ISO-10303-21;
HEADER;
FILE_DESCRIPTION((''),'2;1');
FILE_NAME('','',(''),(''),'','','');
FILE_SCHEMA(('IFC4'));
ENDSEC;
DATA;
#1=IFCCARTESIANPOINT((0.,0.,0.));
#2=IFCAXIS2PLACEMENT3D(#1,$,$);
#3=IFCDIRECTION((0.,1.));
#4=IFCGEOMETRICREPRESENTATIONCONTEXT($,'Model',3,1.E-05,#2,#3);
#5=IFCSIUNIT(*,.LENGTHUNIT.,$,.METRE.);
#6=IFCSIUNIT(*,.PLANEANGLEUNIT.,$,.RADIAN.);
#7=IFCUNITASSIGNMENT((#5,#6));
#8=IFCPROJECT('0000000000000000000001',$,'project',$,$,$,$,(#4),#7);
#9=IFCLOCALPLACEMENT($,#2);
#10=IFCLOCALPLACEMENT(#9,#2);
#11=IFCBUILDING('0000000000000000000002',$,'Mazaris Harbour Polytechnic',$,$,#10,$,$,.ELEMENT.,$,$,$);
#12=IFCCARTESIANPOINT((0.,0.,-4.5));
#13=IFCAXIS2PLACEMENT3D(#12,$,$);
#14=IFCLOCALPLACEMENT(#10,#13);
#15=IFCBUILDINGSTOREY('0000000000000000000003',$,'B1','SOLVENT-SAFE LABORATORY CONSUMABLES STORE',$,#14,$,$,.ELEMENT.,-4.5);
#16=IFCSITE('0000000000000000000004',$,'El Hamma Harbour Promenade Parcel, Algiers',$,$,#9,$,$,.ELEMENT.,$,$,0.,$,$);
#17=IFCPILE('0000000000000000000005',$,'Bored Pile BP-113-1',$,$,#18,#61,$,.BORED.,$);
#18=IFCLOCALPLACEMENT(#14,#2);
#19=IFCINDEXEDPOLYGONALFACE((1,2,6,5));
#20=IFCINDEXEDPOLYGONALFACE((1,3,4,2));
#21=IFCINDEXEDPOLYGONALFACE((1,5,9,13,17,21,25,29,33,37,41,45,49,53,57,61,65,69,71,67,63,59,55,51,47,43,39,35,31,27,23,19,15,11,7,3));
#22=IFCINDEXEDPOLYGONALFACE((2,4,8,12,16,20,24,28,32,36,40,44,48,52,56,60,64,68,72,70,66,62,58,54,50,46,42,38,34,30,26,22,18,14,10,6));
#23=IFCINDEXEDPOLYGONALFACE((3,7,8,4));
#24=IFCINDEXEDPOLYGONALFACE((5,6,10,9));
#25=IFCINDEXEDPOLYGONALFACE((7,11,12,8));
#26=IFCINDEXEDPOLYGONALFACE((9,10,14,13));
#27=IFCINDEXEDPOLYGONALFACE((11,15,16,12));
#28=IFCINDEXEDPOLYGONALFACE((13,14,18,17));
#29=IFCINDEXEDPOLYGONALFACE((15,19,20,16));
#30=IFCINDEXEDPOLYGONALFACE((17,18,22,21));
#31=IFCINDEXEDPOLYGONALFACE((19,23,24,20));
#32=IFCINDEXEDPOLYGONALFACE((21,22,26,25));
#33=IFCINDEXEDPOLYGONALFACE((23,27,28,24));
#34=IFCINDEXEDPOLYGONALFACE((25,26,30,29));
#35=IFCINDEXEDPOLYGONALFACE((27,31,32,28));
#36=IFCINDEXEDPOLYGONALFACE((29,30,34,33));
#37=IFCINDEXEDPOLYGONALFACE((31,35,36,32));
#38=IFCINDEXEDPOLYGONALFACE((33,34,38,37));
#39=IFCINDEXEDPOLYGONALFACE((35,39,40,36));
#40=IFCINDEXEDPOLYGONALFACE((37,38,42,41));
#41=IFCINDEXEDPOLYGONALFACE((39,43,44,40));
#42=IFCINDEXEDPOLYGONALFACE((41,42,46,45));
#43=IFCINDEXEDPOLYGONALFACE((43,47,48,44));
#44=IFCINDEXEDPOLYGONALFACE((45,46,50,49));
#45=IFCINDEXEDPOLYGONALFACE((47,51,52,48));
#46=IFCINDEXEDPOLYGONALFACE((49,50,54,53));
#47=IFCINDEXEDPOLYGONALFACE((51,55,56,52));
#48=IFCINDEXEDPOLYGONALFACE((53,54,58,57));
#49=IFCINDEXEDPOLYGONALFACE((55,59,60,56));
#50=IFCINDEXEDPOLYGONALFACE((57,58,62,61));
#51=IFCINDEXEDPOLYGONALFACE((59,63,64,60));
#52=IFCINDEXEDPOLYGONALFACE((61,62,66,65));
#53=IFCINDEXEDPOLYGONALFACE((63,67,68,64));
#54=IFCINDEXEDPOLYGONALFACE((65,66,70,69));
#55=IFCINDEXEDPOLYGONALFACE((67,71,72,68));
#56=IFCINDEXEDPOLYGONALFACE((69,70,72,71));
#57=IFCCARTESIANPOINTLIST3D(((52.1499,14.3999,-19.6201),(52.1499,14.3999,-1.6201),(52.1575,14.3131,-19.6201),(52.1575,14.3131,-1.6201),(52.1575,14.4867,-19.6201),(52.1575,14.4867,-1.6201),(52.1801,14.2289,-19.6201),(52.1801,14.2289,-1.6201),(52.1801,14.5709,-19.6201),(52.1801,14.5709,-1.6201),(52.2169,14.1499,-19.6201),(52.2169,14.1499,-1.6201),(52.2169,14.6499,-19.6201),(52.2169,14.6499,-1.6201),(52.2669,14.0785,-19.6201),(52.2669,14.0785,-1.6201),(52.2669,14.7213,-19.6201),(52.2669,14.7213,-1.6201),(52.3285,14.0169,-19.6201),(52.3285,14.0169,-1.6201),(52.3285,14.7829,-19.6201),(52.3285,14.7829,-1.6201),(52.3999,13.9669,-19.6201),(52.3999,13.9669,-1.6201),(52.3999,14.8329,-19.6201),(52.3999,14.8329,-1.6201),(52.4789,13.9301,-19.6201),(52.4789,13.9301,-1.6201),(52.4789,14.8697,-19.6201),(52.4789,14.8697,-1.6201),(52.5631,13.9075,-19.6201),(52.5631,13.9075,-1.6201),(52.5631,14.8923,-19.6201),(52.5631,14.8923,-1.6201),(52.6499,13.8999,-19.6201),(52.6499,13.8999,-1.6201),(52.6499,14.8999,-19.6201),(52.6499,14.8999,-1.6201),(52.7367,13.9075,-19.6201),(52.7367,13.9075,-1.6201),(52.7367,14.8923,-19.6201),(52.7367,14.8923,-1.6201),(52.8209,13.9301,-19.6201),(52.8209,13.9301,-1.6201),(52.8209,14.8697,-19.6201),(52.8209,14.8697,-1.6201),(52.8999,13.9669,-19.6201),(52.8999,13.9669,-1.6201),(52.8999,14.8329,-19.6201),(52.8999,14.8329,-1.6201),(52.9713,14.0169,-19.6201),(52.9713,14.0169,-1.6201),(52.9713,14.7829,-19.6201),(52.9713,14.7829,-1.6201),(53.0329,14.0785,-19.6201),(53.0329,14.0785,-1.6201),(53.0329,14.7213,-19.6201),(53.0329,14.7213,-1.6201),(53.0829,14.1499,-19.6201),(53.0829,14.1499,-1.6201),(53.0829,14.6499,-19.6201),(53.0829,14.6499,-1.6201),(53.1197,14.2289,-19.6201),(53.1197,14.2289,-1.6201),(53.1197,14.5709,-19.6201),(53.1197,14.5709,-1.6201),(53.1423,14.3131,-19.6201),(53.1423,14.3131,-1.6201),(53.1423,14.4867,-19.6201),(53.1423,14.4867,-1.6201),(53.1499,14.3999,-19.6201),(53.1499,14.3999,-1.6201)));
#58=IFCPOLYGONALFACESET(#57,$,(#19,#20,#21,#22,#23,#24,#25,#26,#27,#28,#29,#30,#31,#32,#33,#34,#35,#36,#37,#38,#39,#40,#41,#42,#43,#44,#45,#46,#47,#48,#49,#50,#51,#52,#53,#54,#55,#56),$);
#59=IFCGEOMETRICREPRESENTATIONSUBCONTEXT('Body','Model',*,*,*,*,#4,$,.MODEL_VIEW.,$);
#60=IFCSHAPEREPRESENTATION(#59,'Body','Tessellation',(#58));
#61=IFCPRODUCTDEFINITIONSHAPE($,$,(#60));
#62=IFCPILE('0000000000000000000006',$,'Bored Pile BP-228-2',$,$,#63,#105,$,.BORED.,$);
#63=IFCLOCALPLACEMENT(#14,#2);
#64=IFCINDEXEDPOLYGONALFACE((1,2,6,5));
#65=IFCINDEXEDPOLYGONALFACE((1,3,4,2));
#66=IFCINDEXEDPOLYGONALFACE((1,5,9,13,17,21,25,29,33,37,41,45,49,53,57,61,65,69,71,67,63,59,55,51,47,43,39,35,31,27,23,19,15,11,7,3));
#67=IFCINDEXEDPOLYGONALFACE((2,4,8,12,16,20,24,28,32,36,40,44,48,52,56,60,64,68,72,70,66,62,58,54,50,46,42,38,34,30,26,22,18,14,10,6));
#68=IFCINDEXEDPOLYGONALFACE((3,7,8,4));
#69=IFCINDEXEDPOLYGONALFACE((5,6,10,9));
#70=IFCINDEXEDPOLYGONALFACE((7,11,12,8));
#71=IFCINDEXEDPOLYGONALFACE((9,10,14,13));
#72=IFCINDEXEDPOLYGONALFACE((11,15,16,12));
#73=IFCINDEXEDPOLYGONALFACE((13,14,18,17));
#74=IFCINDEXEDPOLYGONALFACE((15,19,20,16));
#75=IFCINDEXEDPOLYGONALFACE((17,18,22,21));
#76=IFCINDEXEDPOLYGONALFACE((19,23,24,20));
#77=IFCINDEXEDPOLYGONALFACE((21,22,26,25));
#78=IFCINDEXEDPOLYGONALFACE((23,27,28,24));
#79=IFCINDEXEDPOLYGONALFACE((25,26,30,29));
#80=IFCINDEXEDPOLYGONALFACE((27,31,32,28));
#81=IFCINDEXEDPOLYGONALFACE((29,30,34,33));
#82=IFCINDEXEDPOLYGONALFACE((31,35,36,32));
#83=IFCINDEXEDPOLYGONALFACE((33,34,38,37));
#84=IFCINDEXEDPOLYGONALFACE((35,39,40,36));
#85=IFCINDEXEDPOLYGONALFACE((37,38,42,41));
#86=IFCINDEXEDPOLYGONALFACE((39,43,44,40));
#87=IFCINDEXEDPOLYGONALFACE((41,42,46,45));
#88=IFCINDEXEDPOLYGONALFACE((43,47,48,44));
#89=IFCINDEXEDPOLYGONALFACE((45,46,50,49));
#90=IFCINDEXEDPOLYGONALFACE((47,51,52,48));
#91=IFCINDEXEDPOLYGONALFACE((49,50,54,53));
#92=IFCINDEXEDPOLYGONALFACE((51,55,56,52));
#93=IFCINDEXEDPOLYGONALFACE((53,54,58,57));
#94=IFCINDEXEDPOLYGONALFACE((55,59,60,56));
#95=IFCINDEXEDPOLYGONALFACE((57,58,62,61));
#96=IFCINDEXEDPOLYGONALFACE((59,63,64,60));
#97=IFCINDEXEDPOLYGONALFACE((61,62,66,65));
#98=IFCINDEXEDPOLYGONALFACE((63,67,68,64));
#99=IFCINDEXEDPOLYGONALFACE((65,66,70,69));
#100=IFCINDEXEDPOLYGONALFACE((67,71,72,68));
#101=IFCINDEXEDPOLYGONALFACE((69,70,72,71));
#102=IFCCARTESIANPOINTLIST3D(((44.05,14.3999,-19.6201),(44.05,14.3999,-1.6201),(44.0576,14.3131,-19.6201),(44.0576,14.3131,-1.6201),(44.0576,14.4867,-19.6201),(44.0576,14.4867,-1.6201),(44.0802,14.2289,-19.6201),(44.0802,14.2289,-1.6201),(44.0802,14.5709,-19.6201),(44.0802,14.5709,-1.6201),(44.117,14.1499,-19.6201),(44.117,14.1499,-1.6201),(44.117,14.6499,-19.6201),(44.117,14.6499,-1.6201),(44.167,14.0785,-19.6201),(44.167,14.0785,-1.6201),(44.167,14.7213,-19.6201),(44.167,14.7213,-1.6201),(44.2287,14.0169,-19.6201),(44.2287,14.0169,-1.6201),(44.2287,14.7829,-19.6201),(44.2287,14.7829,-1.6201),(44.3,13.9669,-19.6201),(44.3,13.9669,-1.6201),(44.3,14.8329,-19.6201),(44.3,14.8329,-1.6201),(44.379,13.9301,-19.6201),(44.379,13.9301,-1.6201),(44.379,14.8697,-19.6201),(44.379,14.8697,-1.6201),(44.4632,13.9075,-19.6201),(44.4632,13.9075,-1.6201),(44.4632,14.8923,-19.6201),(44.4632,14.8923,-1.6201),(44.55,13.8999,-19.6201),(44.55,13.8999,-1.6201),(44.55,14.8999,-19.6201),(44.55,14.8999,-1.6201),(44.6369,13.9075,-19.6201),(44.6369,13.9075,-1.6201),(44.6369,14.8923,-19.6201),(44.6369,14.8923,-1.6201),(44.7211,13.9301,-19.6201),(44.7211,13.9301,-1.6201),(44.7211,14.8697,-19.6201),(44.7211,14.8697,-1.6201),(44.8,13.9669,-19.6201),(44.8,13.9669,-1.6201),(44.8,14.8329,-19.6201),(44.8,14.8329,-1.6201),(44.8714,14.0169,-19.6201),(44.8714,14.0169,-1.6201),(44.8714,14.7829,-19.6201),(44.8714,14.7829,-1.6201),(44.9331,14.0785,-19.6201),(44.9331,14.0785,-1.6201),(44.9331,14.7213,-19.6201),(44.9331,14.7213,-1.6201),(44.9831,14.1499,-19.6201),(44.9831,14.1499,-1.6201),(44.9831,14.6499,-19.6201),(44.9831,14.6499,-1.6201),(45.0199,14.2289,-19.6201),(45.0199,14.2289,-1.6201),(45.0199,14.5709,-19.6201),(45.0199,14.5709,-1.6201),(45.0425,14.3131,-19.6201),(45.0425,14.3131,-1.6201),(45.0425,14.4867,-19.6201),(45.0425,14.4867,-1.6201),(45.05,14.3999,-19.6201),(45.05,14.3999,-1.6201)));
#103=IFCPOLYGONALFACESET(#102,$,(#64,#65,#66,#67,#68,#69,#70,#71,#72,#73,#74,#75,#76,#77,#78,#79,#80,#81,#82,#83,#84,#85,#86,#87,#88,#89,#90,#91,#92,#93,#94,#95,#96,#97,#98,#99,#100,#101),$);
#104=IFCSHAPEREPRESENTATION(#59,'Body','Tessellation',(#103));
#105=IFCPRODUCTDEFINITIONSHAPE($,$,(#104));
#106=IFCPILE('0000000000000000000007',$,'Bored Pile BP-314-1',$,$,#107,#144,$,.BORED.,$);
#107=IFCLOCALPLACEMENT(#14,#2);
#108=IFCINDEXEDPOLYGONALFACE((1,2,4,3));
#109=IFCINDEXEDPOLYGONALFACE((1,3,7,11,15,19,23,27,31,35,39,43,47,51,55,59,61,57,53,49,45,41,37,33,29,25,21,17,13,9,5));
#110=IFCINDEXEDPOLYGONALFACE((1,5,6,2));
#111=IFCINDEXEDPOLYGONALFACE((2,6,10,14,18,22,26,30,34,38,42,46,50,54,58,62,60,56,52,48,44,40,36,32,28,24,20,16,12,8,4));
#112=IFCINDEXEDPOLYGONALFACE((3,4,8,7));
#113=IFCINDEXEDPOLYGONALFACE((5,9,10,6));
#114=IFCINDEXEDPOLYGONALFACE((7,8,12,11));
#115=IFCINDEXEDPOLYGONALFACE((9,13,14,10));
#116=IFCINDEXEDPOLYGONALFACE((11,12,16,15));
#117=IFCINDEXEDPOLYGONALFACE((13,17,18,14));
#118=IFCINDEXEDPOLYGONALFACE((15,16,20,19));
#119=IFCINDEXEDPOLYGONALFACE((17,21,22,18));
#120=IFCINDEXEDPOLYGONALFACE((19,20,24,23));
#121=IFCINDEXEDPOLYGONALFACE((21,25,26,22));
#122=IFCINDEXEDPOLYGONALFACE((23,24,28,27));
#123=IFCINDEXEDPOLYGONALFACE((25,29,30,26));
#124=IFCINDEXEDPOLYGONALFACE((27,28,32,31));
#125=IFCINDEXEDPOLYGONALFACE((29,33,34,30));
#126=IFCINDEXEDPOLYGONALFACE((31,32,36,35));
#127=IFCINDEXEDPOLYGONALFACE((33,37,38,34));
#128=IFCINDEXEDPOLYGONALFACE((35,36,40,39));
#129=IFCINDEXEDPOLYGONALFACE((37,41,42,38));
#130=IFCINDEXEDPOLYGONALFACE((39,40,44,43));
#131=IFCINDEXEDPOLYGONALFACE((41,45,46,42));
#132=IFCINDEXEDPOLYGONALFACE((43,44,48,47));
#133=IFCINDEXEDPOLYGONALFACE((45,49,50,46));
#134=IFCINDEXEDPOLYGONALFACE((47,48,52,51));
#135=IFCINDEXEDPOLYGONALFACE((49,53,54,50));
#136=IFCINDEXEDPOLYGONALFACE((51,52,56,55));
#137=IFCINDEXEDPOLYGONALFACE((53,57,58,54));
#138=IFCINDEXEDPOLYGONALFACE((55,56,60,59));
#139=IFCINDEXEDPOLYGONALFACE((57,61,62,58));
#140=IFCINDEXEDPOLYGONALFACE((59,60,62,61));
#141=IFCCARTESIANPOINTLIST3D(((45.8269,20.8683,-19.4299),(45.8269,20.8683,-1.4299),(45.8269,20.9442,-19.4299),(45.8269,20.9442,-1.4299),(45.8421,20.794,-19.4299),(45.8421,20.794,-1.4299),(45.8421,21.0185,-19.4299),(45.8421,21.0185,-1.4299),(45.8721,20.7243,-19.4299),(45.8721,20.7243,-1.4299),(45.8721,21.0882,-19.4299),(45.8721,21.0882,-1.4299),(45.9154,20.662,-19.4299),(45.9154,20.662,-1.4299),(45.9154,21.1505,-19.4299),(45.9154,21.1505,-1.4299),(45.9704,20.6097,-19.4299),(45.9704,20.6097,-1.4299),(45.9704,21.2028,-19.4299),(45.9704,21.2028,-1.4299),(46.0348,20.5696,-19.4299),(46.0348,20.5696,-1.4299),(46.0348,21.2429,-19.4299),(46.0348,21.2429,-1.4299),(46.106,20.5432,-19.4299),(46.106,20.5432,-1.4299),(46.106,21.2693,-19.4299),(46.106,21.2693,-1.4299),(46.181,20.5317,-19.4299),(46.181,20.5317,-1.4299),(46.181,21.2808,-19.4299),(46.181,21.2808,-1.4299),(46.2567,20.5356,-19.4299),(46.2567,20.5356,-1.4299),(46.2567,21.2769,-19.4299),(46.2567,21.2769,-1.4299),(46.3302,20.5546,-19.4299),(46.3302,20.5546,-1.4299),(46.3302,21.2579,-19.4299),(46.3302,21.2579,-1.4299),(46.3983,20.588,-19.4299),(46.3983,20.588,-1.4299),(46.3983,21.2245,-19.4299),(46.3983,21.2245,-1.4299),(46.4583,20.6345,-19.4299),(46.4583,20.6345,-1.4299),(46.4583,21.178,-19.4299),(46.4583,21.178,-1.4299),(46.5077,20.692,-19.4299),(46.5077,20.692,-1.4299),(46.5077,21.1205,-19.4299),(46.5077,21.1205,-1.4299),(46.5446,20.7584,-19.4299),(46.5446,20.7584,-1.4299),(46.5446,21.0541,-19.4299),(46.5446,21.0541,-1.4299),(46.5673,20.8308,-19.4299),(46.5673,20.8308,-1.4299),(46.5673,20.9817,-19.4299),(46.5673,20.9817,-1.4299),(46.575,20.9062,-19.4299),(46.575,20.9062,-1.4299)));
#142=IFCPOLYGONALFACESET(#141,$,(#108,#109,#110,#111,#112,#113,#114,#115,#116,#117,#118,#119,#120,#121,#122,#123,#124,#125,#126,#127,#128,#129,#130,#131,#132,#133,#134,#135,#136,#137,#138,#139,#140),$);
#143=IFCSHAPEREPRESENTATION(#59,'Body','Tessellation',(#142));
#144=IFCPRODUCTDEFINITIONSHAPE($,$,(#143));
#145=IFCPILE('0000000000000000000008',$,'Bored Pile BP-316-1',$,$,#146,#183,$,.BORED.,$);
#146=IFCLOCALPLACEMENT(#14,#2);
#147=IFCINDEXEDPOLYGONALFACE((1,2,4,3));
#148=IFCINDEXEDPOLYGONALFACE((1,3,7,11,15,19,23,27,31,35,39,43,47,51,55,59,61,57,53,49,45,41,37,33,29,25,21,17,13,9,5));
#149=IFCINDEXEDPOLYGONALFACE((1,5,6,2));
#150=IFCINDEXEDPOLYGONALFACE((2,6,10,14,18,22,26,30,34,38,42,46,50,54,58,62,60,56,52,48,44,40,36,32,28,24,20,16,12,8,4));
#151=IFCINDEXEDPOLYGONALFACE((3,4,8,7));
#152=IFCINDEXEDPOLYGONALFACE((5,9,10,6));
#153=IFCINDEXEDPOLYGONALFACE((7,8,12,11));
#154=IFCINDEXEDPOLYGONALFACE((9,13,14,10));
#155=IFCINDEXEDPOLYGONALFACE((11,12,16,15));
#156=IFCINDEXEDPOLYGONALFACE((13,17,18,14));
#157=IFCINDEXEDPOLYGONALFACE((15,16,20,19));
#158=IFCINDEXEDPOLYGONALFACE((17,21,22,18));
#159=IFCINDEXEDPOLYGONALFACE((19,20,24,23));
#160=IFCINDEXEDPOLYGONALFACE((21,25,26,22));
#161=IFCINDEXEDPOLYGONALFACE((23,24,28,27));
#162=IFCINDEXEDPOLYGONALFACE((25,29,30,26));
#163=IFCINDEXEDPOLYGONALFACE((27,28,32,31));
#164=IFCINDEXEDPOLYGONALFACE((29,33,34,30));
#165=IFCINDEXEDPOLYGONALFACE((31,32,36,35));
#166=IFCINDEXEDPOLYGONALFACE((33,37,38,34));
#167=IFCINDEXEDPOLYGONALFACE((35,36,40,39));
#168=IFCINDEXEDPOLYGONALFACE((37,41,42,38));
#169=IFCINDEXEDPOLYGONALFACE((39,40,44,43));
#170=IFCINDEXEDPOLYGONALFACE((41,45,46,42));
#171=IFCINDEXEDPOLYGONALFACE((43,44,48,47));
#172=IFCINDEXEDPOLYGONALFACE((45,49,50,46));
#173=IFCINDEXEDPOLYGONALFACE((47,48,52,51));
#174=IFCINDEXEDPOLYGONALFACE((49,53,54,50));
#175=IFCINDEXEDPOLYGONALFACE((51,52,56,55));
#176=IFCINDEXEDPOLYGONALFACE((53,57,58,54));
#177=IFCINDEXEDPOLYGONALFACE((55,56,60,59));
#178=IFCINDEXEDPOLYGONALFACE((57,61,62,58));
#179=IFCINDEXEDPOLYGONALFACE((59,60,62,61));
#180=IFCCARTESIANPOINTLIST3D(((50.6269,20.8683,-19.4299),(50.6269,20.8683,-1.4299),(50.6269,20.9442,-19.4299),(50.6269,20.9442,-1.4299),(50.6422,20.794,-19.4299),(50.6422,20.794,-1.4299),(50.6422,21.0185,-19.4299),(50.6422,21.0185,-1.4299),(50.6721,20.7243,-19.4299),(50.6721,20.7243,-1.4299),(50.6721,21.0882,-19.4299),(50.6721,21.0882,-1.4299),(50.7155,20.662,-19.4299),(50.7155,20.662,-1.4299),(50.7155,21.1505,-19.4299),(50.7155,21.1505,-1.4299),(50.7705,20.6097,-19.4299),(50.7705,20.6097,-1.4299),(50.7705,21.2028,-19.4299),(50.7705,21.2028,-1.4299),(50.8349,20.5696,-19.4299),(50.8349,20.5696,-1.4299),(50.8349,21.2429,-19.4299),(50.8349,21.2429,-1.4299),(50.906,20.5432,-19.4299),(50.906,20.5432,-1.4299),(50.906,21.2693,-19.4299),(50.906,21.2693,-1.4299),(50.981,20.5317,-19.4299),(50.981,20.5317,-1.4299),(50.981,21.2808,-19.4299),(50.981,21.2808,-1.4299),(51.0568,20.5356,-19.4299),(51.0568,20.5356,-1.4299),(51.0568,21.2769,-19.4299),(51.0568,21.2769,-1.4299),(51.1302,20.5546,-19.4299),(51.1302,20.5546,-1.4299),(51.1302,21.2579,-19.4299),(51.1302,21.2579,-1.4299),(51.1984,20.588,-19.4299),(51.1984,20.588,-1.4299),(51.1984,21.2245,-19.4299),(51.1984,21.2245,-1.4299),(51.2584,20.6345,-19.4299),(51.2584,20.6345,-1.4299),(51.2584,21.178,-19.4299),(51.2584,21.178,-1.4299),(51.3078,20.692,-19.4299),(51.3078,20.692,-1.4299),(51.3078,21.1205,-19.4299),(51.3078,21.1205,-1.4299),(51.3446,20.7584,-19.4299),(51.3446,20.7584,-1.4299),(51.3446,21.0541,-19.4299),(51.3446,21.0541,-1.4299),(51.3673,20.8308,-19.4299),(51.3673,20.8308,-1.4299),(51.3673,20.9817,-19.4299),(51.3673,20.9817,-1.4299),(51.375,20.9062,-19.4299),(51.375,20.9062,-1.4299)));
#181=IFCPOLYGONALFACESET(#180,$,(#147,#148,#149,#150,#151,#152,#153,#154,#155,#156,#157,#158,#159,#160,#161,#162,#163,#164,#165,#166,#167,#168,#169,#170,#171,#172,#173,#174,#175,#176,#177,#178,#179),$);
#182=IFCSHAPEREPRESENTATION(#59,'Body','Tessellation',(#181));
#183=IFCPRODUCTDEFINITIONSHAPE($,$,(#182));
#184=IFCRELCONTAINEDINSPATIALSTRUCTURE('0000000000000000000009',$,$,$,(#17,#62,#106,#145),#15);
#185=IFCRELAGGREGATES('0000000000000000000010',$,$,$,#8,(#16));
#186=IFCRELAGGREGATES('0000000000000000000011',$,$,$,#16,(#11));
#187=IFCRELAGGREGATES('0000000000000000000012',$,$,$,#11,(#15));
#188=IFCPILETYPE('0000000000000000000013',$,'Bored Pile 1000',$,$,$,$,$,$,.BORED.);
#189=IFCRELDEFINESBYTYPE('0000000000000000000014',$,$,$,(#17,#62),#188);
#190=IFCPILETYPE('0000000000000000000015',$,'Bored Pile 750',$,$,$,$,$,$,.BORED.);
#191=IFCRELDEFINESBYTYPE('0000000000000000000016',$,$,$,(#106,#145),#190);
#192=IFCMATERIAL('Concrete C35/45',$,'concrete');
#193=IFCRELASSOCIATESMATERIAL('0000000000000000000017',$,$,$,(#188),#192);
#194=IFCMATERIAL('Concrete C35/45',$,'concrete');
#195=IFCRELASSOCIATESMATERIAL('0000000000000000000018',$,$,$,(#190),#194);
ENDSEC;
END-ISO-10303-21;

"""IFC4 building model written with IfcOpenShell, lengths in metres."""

from ifc_helpers import new_model, si_unit, direction, frame, origin, origin_2d, place, context, subcontext, project, spatial, circle, extrude, material, material_profile, profile_set, type_object, element, save


model = new_model("IFC4")

# Units and contexts
model_context = context("Model", 3, precision=1e-05, world=origin(), true_north=direction((0.0, 1.0)))
body_context = subcontext(model_context, "Body", "Model", "MODEL_VIEW")
ifc_project = project(units=[si_unit("LENGTHUNIT", "METRE"), si_unit("PLANEANGLEUNIT", "RADIAN")], contexts=[model_context])

# Site, building, storey
site_placement = place(None, origin())
site = spatial("IfcSite", under=ifc_project, at=site_placement, Name="El Hamma Harbour Promenade Parcel, Algiers", CompositionType="ELEMENT", RefElevation=0.0)
building_placement = place(site_placement, origin())
building = spatial("IfcBuilding", under=site, at=building_placement, Name="Mazaris Harbour Polytechnic", CompositionType="ELEMENT")
storey_placement = place(building_placement, frame((0.0, 0.0, -4.5)))
storey = spatial("IfcBuildingStorey", under=building, at=storey_placement, Name="B1", Description="SOLVENT-SAFE LABORATORY CONSUMABLES STORE", CompositionType="ELEMENT", Elevation=-4.5)

# Piles
ifc_material_1 = material(Name="Concrete C35/45", Category="concrete")
ifc_material_profile_1 = material_profile(ifc_material_1, circle(Radius=0.5, at=origin_2d()), Name="DIA1000")
ifc_profile_set_1 = profile_set([ifc_material_profile_1], Name="Concrete C35/45")
pile_type_1 = type_object("IfcPileType", Name="Bored Pile 1000", PredefinedType="BORED", material=ifc_profile_set_1)
for number, where, z_axis, x_axis, name in (
    (1, (52.6499, 14.3999, -1.6201), (0.0, 0.0, -1.0), (1.0, 0.0, 0.0), "Bored Pile BP-113-1"),
    (2, (44.55, 14.3999, -1.6201), (0.0, 0.0, -1.0), (1.0, 0.0, 0.0), "Bored Pile BP-228-2"),
):
    element("IfcPile", number, at=place(storey_placement, frame(where, z_axis=z_axis, x_axis=x_axis)), inside=storey, type_object=pile_type_1, Name=name, PredefinedType="BORED", context=body_context, shape_type="SweptSolid", body=[
        extrude(circle(Radius=0.5, at=origin_2d()), origin(), (0.0, 0.0, 1.0), 18.0),
    ])
ifc_material_2 = material(Name="Concrete C35/45", Category="concrete")
ifc_material_profile_2 = material_profile(ifc_material_2, circle(Radius=0.375, at=origin_2d()), Name="DIA750")
ifc_profile_set_2 = profile_set([ifc_material_profile_2], Name="Concrete C35/45")
pile_type_2 = type_object("IfcPileType", Name="Bored Pile 750", PredefinedType="BORED", material=ifc_profile_set_2)
for number, where, z_axis, x_axis, name in (
    (3, (46.2, 20.9062, -1.4299), (0.0, 0.0, -1.0), (1.0, 0.0, 0.0), "Bored Pile BP-314-1"),
    (4, (51.0, 20.9062, -1.4299), (0.0, 0.0, -1.0), (1.0, 0.0, 0.0), "Bored Pile BP-316-1"),
):
    element("IfcPile", number, at=place(storey_placement, frame(where, z_axis=z_axis, x_axis=x_axis)), inside=storey, type_object=pile_type_2, Name=name, PredefinedType="BORED", context=body_context, shape_type="SweptSolid", body=[
        extrude(circle(Radius=0.375, at=origin_2d()), origin(), (0.0, 0.0, 1.0), 18.0),
    ])

save(model, "model.ifc")
